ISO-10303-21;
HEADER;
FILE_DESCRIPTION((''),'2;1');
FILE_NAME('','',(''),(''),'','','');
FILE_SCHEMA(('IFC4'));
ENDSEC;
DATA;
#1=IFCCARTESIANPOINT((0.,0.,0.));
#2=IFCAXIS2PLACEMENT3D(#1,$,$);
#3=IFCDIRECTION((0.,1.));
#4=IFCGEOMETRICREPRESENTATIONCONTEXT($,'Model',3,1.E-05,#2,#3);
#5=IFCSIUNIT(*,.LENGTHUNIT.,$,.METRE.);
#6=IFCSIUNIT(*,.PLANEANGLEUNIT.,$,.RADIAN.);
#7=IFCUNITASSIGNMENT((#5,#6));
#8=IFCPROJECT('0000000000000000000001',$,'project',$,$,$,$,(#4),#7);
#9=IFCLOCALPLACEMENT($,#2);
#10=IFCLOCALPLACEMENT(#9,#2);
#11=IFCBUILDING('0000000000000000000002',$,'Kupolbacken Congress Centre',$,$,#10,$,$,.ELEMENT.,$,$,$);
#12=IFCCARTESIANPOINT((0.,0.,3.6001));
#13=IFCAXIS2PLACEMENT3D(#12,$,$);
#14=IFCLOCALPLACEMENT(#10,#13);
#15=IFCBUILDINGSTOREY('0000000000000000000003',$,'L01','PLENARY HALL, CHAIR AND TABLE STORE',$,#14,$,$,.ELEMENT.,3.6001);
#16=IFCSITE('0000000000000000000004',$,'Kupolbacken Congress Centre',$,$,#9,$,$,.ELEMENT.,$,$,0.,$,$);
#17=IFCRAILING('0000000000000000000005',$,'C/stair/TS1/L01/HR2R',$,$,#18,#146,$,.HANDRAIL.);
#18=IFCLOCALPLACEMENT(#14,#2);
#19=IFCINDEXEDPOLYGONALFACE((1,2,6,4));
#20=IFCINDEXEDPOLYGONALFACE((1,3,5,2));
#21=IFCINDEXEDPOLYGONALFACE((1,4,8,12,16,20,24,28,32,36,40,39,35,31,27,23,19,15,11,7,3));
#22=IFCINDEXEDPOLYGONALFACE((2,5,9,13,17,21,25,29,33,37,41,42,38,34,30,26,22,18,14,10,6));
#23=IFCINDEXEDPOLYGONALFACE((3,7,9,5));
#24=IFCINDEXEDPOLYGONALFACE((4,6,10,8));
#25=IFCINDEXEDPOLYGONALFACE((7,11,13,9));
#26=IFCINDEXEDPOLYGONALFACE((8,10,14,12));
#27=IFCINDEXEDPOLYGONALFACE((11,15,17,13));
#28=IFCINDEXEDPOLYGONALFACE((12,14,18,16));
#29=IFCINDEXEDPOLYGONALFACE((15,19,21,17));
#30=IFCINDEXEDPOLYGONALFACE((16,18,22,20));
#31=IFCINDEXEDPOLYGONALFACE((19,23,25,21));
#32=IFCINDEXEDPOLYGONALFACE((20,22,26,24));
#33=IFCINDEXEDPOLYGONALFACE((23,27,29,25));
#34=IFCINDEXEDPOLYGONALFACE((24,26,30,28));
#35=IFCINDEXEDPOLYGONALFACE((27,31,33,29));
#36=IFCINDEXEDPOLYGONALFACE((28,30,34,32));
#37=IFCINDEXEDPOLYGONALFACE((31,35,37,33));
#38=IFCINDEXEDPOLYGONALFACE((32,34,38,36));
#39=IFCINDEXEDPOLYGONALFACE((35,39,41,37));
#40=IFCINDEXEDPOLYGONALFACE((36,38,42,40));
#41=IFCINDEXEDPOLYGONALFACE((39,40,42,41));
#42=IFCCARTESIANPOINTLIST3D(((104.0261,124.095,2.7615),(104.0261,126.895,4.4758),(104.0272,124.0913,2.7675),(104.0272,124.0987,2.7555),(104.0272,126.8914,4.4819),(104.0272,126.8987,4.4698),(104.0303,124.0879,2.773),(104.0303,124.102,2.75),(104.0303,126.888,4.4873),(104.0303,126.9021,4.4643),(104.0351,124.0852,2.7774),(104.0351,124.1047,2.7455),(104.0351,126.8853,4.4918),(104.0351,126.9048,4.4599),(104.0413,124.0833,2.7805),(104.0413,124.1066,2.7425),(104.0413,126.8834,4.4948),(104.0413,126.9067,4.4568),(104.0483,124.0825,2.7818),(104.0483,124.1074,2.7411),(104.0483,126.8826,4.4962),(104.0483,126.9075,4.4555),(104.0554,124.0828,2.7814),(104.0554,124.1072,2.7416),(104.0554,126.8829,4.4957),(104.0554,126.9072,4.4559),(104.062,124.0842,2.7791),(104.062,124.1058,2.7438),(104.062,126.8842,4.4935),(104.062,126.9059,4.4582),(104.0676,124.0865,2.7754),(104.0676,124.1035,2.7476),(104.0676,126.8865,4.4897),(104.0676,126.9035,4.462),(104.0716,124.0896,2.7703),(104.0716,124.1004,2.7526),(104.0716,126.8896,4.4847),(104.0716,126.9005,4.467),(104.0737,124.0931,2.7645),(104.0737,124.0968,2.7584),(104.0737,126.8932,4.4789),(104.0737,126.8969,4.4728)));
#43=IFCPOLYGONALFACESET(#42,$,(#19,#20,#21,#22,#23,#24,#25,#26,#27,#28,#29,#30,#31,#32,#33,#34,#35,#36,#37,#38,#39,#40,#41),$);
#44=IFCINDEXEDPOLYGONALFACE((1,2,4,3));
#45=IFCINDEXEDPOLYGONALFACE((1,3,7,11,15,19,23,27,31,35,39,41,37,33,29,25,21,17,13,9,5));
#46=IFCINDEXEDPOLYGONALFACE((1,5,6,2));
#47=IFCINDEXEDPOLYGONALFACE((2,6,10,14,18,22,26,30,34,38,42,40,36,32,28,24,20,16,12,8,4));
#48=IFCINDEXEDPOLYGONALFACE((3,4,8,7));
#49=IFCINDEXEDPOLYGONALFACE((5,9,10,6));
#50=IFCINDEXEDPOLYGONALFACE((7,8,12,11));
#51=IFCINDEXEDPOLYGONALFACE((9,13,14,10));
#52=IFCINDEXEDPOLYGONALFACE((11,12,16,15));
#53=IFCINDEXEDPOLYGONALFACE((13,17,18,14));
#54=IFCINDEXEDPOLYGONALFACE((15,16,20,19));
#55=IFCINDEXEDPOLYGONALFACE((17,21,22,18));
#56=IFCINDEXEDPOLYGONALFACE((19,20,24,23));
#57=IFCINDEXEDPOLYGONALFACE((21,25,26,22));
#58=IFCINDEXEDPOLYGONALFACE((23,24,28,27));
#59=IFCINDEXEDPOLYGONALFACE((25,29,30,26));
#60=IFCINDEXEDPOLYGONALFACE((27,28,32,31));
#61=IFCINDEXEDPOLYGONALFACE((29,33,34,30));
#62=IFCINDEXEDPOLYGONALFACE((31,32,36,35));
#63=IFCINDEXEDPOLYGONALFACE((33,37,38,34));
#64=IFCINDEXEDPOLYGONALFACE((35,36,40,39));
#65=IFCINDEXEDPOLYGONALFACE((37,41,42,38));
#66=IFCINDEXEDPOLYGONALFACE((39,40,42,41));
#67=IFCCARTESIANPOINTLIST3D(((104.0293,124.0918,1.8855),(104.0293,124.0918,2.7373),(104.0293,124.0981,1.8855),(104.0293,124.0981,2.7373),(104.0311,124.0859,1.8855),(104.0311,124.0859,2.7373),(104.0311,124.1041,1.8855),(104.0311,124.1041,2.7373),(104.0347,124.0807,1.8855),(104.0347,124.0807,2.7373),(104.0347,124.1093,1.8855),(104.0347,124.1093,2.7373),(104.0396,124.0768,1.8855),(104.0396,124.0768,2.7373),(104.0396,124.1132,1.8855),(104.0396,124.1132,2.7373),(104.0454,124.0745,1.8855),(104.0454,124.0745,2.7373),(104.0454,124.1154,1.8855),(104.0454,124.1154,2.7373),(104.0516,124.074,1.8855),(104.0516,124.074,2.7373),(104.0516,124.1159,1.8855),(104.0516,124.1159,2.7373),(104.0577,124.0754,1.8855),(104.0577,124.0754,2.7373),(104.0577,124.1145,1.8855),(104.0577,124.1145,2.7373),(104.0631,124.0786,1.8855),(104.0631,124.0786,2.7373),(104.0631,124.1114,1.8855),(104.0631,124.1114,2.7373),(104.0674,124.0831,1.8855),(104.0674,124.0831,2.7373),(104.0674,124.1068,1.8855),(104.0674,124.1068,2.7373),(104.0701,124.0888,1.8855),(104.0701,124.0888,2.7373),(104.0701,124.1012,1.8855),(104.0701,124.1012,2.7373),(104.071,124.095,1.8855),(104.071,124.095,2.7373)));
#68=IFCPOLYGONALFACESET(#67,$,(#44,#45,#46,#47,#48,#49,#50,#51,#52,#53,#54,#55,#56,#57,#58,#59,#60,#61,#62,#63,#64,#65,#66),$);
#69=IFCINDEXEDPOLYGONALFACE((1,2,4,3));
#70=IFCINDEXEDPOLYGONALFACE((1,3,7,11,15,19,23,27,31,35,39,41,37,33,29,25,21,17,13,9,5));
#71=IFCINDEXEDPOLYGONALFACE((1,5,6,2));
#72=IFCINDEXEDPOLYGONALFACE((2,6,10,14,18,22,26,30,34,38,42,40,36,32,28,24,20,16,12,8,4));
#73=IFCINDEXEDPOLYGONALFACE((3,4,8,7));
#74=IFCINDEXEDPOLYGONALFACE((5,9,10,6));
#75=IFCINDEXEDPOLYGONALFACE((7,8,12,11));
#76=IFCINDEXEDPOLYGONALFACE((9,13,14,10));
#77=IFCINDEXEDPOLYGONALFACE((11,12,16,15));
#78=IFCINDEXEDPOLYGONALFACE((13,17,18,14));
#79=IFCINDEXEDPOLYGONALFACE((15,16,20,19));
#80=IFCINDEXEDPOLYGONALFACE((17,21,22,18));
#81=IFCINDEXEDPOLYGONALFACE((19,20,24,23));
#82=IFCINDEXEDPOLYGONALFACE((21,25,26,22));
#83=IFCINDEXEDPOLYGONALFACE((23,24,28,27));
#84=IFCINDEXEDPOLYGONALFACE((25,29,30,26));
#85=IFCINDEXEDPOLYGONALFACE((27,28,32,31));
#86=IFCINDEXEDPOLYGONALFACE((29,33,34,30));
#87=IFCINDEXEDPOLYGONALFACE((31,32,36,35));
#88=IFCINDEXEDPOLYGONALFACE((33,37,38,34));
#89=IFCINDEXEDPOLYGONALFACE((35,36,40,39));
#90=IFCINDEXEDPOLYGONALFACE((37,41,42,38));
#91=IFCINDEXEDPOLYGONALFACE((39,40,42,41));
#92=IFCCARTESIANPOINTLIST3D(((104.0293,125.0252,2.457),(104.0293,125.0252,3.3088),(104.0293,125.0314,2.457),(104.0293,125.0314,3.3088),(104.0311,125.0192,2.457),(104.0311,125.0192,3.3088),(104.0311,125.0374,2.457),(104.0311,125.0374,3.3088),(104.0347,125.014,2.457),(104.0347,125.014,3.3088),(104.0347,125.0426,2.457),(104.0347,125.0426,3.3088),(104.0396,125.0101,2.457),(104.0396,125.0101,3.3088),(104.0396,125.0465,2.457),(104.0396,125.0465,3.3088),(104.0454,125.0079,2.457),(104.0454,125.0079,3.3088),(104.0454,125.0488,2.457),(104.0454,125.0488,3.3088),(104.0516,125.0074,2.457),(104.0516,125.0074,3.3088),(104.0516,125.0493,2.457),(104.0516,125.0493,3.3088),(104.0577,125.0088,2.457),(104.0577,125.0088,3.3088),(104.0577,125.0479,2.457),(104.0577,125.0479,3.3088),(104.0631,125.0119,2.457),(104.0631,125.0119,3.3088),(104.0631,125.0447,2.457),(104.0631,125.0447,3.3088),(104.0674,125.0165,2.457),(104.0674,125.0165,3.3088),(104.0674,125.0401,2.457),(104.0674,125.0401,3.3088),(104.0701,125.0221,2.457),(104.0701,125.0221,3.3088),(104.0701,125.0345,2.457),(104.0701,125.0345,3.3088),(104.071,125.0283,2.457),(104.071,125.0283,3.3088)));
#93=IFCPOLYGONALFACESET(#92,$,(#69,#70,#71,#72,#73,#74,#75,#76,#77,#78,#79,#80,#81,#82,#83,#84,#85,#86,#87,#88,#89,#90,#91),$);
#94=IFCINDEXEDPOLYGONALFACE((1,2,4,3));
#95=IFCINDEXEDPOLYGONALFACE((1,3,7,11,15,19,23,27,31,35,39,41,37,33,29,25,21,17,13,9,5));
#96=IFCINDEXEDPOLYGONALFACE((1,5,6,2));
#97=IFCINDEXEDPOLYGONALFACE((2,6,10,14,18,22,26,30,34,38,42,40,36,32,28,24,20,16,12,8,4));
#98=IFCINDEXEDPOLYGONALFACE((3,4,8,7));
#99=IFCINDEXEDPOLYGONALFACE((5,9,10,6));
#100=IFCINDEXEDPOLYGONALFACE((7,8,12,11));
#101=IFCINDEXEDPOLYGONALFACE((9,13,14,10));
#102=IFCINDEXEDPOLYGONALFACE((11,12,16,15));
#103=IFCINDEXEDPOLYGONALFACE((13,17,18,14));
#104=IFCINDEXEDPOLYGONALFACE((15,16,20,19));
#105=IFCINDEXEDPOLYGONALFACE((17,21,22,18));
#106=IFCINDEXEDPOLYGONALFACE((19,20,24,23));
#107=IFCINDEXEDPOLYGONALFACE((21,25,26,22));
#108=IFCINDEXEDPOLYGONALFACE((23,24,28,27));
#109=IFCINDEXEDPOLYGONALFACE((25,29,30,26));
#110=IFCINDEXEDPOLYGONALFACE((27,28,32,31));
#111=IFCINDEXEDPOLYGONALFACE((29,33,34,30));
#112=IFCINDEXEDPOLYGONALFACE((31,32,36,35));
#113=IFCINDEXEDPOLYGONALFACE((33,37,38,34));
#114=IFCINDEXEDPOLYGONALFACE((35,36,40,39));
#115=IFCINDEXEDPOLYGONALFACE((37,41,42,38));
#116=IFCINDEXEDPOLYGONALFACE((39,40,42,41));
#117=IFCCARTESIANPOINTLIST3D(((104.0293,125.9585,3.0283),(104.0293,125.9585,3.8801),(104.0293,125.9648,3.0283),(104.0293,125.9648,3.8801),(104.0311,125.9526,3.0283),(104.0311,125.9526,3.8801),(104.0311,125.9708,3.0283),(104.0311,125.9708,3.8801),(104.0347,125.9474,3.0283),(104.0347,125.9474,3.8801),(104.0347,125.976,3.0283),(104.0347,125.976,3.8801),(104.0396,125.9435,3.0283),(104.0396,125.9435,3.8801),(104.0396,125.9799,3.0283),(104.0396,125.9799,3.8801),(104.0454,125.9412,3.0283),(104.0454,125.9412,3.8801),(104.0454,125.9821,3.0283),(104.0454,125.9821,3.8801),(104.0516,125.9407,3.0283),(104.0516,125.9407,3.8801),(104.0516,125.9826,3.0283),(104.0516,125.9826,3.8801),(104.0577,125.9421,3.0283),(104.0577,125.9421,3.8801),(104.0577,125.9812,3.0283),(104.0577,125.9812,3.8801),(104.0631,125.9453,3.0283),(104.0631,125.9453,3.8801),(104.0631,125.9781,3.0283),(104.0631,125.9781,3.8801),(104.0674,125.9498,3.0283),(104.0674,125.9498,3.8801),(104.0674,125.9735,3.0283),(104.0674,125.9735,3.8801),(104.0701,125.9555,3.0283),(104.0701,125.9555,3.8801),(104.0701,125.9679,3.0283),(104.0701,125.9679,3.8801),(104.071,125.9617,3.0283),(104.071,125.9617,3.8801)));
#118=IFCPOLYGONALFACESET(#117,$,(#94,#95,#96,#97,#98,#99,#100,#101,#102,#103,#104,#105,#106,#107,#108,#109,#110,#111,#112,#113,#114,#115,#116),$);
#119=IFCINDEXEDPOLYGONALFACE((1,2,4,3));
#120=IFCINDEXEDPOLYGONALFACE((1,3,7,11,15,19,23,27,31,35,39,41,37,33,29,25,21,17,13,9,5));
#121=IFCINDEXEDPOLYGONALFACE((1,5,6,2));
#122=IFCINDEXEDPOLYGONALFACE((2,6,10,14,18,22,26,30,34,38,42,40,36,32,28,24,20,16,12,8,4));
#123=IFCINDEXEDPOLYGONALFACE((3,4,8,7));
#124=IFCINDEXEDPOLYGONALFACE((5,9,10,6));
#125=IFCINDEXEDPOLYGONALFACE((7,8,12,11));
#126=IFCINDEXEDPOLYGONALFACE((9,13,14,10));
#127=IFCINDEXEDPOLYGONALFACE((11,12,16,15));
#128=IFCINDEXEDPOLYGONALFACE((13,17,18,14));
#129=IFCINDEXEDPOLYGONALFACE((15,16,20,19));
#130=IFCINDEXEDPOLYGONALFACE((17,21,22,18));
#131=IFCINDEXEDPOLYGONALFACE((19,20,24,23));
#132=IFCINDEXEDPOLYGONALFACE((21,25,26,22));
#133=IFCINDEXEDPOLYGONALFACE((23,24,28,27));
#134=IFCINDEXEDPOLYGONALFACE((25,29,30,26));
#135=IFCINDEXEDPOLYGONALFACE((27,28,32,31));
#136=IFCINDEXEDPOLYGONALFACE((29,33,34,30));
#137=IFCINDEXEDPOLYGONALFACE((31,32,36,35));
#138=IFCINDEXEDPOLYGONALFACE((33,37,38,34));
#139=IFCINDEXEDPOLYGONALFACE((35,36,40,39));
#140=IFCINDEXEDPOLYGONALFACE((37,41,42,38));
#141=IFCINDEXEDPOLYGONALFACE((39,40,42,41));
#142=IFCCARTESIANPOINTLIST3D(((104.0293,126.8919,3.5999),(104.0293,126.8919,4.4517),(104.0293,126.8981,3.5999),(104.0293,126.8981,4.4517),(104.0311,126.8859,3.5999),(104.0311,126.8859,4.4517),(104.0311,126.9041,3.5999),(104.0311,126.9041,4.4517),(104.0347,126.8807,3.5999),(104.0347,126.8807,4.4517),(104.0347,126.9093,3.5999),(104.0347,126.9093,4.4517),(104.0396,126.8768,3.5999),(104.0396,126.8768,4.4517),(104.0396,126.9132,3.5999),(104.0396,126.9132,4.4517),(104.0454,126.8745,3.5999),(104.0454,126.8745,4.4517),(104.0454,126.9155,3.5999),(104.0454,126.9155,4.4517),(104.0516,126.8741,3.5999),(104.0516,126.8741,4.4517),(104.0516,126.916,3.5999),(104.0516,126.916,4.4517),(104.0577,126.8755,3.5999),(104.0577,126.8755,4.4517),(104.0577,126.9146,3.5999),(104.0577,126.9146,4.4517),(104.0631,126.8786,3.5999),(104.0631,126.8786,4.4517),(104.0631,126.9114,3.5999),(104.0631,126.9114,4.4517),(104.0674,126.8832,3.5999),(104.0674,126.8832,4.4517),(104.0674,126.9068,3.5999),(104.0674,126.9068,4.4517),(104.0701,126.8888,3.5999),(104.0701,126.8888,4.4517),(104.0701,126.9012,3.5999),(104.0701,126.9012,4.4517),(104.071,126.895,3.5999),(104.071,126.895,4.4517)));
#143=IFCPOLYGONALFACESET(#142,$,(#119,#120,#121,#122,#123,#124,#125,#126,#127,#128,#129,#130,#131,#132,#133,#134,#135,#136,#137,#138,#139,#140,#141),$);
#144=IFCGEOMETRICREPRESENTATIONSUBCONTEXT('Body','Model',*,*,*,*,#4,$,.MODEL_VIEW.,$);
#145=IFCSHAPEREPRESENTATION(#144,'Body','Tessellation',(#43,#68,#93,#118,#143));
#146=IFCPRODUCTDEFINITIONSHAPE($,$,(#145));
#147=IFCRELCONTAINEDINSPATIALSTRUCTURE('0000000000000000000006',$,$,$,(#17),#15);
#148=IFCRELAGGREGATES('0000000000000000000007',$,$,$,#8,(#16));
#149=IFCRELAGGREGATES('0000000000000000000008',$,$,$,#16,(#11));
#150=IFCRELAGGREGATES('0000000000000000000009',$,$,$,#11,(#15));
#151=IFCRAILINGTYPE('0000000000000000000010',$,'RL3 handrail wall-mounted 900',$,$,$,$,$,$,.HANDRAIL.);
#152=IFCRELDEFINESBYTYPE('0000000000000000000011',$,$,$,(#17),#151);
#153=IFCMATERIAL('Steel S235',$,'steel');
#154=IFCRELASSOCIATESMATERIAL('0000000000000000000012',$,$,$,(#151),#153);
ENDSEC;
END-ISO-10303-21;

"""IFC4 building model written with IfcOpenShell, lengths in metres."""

from ifc_helpers import new_model, si_unit, direction, frame, origin, origin_2d, place, context, subcontext, project, spatial, circle, extrude, material, type_object, element, save


model = new_model("IFC4")

# Units and contexts
model_context = context("Model", 3, precision=1e-05, world=origin(), true_north=direction((0.0, 1.0)))
body_context = subcontext(model_context, "Body", "Model", "MODEL_VIEW")
ifc_project = project(units=[si_unit("LENGTHUNIT", "METRE"), si_unit("PLANEANGLEUNIT", "RADIAN")], contexts=[model_context])

# Site, building, storey
site_placement = place(None, origin())
site = spatial("IfcSite", under=ifc_project, at=site_placement, Name="Kupolbacken Congress Centre", CompositionType="ELEMENT", RefElevation=0.0)
building_placement = place(site_placement, origin())
building = spatial("IfcBuilding", under=site, at=building_placement, Name="Kupolbacken Congress Centre", CompositionType="ELEMENT")
storey_placement = place(building_placement, frame((0.0, 0.0, 3.6001)))
storey = spatial("IfcBuildingStorey", under=building, at=storey_placement, Name="L01", Description="PLENARY HALL, CHAIR AND TABLE STORE", CompositionType="ELEMENT", Elevation=3.6001)

# Railing
ifc_material_1 = material(Name="Steel S235", Category="steel")
railing_type = type_object("IfcRailingType", Name="RL3 handrail wall-mounted 900", PredefinedType="HANDRAIL", material=ifc_material_1)
for number, where, name in (
    (1, (104.05, 124.095, 1.8855), "C/stair/TS1/L01/HR2R"),
):
    element("IfcRailing", number, at=place(storey_placement, frame(where)), inside=storey, type_object=railing_type, Name=name, PredefinedType="HANDRAIL", context=body_context, shape_type="SweptSolid", body=[
        extrude(circle(Radius=0.0239, at=origin_2d()), frame((0.0, 0.0, 0.876), z_axis=(0.0, 0.852846, 0.522163), x_axis=(-1.0, 0.0, 0.0)), (0.0, 0.0, 1.0), 3.2832),
        extrude(circle(Radius=0.021, at=origin_2d()), origin(), (0.0, 0.0, 1.0), 0.8518),
        extrude(circle(Radius=0.021, at=origin_2d()), frame((0.0, 0.9333, 0.5715)), (0.0, 0.0, 1.0), 0.8518),
        extrude(circle(Radius=0.021, at=origin_2d()), frame((0.0, 1.8667, 1.1428)), (0.0, 0.0, 1.0), 0.8518),
        extrude(circle(Radius=0.021, at=origin_2d()), frame((0.0, 2.8, 1.7144)), (0.0, 0.0, 1.0), 0.8518),
    ])

save(model, "model.ifc")
